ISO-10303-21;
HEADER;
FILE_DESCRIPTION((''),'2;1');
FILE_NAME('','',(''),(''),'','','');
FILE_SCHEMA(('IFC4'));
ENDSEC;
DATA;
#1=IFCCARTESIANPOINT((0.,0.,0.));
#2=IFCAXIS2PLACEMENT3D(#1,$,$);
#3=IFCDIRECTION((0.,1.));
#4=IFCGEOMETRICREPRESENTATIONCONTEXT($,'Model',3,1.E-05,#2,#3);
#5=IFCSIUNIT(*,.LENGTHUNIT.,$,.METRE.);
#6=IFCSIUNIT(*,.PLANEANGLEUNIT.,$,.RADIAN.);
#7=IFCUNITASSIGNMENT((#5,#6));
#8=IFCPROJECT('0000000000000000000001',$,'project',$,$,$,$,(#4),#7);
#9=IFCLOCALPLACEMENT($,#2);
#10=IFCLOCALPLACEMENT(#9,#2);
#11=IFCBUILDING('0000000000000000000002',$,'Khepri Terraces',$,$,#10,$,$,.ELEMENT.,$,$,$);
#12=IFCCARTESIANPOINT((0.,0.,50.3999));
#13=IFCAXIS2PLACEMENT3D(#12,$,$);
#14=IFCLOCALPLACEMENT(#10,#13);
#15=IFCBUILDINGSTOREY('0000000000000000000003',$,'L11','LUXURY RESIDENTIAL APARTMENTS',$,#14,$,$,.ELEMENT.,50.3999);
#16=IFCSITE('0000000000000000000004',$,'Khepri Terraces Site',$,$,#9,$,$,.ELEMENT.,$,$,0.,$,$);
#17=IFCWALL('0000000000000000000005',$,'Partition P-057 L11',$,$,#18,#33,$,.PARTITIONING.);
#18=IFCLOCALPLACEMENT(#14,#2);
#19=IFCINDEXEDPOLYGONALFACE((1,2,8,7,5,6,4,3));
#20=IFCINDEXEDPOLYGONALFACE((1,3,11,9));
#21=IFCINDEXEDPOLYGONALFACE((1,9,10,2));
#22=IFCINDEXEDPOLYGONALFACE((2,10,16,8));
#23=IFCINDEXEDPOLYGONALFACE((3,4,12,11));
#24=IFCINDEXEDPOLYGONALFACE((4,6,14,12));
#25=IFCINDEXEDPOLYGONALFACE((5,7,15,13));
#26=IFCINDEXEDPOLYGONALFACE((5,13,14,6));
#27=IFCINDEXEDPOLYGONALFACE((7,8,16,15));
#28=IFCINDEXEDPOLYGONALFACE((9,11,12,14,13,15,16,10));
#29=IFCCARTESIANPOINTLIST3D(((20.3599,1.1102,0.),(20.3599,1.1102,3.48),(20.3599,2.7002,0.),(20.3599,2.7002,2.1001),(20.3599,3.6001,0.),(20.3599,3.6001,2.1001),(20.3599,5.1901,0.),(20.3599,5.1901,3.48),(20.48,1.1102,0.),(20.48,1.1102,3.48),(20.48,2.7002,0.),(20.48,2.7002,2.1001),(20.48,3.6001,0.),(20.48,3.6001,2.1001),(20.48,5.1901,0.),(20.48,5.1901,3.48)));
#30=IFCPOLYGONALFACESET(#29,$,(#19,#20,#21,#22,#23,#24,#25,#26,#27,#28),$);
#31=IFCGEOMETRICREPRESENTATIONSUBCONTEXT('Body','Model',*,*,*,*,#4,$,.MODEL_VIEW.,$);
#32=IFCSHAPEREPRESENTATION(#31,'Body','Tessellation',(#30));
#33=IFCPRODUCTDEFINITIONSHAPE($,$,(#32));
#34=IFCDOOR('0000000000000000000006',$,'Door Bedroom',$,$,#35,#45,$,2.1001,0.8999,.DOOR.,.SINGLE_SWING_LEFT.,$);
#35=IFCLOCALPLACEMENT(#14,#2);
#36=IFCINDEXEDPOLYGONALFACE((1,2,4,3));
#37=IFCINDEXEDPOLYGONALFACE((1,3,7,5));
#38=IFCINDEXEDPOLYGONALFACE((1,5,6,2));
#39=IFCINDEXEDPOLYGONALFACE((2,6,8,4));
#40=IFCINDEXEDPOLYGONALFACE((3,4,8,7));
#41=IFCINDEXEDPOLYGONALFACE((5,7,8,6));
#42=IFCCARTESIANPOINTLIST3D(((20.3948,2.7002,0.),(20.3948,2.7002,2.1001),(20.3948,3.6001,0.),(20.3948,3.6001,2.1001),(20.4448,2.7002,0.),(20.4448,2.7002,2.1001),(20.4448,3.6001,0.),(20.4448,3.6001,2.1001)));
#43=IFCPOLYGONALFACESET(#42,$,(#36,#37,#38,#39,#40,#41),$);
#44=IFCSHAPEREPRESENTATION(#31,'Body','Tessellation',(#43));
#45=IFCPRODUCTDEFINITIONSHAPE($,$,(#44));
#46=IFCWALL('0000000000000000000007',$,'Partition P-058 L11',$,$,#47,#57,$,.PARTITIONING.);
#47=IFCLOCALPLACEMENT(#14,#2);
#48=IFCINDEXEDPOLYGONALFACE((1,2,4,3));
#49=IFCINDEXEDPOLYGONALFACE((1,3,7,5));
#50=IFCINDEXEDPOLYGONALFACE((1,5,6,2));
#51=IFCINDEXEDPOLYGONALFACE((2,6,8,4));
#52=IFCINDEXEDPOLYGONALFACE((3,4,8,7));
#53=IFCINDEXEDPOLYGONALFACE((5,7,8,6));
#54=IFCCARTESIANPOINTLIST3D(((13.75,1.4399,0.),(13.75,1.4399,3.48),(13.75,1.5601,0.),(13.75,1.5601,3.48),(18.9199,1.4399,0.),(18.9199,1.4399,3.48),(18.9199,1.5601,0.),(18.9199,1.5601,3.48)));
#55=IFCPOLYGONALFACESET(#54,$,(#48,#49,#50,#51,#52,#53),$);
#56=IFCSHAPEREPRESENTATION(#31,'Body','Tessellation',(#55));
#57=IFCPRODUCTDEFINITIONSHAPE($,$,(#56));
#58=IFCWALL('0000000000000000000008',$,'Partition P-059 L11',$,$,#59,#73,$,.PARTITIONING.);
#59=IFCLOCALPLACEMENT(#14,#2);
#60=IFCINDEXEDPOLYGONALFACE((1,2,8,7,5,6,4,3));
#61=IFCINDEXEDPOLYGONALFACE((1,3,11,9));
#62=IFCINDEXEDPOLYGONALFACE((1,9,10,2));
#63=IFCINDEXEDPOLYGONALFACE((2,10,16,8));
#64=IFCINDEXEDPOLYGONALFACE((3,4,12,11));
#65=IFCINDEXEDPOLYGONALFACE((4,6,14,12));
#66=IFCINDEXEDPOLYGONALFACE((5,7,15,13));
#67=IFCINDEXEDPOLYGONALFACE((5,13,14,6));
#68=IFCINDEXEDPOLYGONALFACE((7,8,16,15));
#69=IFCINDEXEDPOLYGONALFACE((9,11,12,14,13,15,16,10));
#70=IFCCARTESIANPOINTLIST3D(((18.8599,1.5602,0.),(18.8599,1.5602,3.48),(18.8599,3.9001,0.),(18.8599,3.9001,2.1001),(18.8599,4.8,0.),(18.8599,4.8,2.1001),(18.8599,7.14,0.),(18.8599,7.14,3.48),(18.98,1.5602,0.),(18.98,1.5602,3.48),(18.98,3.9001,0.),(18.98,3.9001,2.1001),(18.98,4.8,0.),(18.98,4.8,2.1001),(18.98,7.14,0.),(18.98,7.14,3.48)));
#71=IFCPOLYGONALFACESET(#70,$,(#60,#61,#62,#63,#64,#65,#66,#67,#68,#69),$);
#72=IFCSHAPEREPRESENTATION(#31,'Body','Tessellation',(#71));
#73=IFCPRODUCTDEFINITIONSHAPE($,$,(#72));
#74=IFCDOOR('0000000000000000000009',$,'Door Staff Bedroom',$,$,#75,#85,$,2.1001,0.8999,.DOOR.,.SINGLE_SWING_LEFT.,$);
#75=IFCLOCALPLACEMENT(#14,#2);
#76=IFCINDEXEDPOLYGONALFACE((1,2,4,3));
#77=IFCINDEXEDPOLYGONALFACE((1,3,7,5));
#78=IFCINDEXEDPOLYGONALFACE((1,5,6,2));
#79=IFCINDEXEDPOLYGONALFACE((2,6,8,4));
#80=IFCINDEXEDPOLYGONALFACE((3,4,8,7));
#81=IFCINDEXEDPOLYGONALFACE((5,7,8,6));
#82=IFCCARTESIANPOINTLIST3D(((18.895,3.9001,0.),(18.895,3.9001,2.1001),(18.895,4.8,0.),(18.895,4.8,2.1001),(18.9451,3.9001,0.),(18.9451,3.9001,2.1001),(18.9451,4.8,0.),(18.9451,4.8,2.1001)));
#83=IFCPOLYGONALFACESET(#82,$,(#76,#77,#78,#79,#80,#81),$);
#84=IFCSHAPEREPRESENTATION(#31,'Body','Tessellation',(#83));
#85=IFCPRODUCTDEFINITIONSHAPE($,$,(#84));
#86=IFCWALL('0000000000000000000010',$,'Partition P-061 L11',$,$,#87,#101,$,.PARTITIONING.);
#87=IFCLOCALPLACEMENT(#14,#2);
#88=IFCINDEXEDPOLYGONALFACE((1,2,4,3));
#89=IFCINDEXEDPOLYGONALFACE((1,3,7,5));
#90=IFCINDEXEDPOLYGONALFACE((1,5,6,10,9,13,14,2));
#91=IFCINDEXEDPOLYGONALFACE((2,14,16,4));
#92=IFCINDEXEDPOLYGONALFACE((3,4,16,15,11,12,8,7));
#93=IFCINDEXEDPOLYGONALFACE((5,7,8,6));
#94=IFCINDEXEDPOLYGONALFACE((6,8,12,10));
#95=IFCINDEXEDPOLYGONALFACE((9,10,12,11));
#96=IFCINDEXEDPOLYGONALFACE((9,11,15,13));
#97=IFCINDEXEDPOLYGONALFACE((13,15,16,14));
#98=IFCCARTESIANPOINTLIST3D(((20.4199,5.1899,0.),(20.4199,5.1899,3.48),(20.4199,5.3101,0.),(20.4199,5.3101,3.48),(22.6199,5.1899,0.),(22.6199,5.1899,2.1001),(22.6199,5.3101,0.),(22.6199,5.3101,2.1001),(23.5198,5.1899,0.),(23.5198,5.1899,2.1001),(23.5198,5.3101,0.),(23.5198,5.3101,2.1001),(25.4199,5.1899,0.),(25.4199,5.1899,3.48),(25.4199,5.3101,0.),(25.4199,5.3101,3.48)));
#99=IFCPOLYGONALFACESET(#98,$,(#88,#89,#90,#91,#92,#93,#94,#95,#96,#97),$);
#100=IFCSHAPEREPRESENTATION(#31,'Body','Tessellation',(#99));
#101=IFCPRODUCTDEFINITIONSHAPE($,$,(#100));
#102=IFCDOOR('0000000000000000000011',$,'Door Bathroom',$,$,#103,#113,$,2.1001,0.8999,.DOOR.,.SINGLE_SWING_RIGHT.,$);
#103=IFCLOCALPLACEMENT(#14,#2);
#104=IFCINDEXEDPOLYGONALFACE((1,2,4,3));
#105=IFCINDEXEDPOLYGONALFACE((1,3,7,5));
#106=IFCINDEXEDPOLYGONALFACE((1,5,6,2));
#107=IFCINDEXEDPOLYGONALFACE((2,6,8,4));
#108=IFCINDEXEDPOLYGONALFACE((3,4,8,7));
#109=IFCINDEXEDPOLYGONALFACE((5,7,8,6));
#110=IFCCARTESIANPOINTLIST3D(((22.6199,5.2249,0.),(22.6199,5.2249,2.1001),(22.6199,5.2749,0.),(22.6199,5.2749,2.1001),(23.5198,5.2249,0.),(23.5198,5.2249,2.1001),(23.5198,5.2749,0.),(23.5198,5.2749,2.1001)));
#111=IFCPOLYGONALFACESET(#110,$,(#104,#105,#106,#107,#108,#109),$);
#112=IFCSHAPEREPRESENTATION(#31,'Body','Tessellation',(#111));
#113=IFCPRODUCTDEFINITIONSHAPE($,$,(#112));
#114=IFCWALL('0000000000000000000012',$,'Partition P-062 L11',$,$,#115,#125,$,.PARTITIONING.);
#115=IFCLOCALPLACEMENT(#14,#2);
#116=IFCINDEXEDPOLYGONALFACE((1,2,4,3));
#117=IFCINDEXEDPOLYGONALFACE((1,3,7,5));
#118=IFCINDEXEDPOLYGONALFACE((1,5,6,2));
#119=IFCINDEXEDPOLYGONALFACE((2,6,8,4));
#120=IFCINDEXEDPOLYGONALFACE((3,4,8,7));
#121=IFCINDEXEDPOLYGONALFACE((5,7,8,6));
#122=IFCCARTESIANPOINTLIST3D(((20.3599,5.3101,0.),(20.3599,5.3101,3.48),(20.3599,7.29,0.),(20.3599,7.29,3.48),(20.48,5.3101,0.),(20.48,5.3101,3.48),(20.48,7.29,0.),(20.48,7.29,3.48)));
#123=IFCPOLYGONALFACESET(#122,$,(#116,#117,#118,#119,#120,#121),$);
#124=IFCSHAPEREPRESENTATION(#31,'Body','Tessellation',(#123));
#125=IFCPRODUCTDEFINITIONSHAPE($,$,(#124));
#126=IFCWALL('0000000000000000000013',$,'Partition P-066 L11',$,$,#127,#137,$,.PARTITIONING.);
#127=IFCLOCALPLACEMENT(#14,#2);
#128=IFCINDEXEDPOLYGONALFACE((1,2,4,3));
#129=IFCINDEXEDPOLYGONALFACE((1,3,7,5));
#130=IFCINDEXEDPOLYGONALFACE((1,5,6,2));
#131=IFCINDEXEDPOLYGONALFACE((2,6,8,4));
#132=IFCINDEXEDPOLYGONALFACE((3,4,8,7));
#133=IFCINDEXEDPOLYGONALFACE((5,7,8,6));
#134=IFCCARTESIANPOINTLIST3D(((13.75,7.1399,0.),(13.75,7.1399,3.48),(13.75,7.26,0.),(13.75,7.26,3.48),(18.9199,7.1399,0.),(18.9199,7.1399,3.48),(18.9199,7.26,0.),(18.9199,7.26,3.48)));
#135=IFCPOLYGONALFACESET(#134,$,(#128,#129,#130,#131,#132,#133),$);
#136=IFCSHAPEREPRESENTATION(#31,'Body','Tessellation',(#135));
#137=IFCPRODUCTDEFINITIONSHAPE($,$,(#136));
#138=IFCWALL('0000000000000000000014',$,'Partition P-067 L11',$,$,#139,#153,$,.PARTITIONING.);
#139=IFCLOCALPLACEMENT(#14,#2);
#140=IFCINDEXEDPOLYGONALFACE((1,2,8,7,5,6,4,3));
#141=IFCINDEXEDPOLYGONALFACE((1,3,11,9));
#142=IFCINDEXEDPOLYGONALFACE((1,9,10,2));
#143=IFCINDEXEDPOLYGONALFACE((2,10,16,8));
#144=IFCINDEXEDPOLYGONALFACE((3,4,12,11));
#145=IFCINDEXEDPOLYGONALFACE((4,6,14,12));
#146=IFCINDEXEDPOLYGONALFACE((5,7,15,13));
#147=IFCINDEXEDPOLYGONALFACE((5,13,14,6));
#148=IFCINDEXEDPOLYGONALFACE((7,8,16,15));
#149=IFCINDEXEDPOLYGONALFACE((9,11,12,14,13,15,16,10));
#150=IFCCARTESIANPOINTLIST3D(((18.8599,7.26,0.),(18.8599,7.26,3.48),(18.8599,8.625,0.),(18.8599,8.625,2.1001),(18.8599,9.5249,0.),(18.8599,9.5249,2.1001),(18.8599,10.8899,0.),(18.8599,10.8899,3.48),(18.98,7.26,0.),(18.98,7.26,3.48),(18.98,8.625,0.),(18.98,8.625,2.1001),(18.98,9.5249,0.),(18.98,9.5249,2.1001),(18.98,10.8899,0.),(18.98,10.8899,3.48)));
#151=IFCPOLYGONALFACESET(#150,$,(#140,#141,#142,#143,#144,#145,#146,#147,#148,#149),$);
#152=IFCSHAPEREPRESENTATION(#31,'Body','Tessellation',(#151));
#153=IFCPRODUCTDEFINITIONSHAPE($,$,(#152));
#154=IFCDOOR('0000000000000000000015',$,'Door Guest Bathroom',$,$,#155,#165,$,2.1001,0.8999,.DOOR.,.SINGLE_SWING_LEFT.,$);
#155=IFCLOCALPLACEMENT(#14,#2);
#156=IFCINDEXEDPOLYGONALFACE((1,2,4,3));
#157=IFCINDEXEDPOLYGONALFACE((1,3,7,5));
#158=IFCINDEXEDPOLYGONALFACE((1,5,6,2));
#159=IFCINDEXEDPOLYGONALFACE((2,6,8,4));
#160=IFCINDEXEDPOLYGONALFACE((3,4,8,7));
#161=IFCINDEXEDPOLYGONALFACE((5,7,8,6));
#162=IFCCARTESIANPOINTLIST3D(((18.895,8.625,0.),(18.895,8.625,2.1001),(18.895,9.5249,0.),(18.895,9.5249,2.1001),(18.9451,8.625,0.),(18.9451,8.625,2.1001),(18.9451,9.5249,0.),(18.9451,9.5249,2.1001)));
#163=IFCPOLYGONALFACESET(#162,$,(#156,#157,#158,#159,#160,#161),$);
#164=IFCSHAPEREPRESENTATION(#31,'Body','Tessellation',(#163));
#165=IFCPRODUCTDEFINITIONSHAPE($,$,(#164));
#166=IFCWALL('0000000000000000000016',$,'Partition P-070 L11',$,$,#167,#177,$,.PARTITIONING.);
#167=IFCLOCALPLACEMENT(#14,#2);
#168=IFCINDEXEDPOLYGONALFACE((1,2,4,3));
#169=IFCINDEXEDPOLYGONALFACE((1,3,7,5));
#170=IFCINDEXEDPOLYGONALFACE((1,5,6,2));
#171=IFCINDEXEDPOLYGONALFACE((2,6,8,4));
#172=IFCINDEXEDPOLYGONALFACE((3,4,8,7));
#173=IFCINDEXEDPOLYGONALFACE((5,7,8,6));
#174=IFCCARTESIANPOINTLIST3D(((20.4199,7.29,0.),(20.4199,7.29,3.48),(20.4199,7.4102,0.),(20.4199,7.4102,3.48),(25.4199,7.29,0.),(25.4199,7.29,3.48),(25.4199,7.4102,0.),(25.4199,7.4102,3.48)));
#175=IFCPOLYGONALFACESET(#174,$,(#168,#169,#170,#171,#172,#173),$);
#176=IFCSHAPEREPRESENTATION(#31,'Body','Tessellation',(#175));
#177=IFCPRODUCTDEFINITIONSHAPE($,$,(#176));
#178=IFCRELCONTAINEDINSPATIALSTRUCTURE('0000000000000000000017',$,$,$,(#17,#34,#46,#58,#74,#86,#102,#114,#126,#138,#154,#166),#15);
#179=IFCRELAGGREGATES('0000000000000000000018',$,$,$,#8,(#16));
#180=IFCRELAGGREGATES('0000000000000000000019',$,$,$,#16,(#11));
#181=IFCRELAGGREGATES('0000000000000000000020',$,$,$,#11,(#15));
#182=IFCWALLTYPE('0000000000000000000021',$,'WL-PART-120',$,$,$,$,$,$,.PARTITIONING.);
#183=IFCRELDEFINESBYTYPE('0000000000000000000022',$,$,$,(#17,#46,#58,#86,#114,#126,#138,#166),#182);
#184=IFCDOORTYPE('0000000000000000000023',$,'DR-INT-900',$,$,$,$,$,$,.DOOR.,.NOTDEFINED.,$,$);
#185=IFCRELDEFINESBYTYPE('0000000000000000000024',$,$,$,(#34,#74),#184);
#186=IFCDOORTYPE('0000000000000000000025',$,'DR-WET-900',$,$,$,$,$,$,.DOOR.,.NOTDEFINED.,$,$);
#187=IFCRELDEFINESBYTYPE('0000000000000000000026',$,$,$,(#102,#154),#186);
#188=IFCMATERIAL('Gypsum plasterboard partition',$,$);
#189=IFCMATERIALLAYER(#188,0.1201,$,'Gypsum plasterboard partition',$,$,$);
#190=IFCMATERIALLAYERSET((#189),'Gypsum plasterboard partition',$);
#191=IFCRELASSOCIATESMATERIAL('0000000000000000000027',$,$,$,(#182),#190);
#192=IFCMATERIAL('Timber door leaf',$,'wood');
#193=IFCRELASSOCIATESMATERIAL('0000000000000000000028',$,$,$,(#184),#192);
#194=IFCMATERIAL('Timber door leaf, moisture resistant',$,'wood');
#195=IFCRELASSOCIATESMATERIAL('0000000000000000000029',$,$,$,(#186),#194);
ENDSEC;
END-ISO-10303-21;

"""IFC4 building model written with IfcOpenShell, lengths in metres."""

from ifc_helpers import new_model, si_unit, direction, frame, frame_2d, origin, place, context, subcontext, project, spatial, rectangle, extrude, material, layer, layer_set, type_object, element, fill, save


model = new_model("IFC4")

# Units and contexts
model_context = context("Model", 3, precision=1e-05, world=origin(), true_north=direction((0.0, 1.0)))
body_context = subcontext(model_context, "Body", "Model", "MODEL_VIEW")
ifc_project = project(units=[si_unit("LENGTHUNIT", "METRE"), si_unit("PLANEANGLEUNIT", "RADIAN")], contexts=[model_context])

# Site, building, storey
site_placement = place(None, origin())
site = spatial("IfcSite", under=ifc_project, at=site_placement, Name="Khepri Terraces Site", CompositionType="ELEMENT", RefElevation=0.0)
building_placement = place(site_placement, origin())
building = spatial("IfcBuilding", under=site, at=building_placement, Name="Khepri Terraces", CompositionType="ELEMENT")
storey_placement = place(building_placement, frame((0.0, 0.0, 50.3999)))
storey = spatial("IfcBuildingStorey", under=building, at=storey_placement, Name="L11", Description="LUXURY RESIDENTIAL APARTMENTS", CompositionType="ELEMENT", Elevation=50.3999)

# Shared definitions
ifc_material_1 = material(Name="Gypsum plasterboard partition")
ifc_layer_1 = layer(ifc_material_1, 0.1201, Name="Gypsum plasterboard partition")
ifc_layer_set_1 = layer_set([ifc_layer_1], Name="Gypsum plasterboard partition")
wall_type_1 = type_object("IfcWallType", Name="WL-PART-120", PredefinedType="PARTITIONING", material=ifc_layer_set_1)

# Wall, opening, door
wall_1_placement = place(storey_placement, frame((20.4199, 1.1101, 0.0), z_axis=(0.0, 0.0, 1.0), x_axis=(0.0, 1.0, 0.0)))
wall_1 = element("IfcWall", 1, at=wall_1_placement, inside=storey, type_object=wall_type_1, Name="Partition P-057 L11", PredefinedType="PARTITIONING", context=body_context, shape_type="SweptSolid", body=[
    extrude(rectangle(XDim=4.0798, YDim=0.1201, at=frame_2d((2.04, 0.0))), origin(), (0.0, 0.0, 1.0), 3.48),
])
opening_1_placement = place(wall_1_placement, frame((1.5901, 0.0, 0.0)))
opening_1 = element("IfcOpeningElement", 2, at=opening_1_placement, cuts=wall_1, PredefinedType="OPENING", context=body_context, shape_type="SweptSolid", body=[
    extrude(rectangle(XDim=0.8999, YDim=2.1001, at=frame_2d((0.45, 1.05))), frame((0.0, 0.0701, 0.0), z_axis=(0.0, -1.0, 0.0), x_axis=(1.0, 0.0, 0.0)), (0.0, 0.0, 1.0), 0.1401),
])
ifc_material_2 = material(Name="Timber door leaf", Category="wood")
door_type_1 = type_object("IfcDoorType", Name="DR-INT-900", OperationType="NOTDEFINED", PredefinedType="DOOR", material=ifc_material_2)
door_1_placement = place(opening_1_placement, frame((0.8999, 0.0, 0.0), z_axis=(0.0, 0.0, 1.0), x_axis=(-1.0, 0.0, 0.0)))
door_1 = element("IfcDoor", 3, at=door_1_placement, inside=storey, type_object=door_type_1, Name="Door Bedroom", OperationType="SINGLE_SWING_LEFT", OverallHeight=2.1001, OverallWidth=0.8999, PredefinedType="DOOR", context=body_context, shape_type="SweptSolid", body=[
    extrude(rectangle(XDim=0.8999, YDim=2.1001, at=frame_2d((0.45, 1.05))), frame((0.0, 0.0249, 0.0), z_axis=(0.0, -1.0, 0.0), x_axis=(1.0, 0.0, 0.0)), (0.0, 0.0, 1.0), 0.05),
])
fill(opening_1, door_1)

# Wall
wall_2_placement = place(storey_placement, frame((13.75, 1.5, 0.0), z_axis=(0.0, 0.0, 1.0), x_axis=(1.0, 0.0, 0.0)))
element("IfcWall", 4, at=wall_2_placement, inside=storey, type_object=wall_type_1, Name="Partition P-058 L11", PredefinedType="PARTITIONING", context=body_context, shape_type="SweptSolid", body=[
    extrude(rectangle(XDim=5.1699, YDim=0.1201, at=frame_2d((2.585, 0.0))), origin(), (0.0, 0.0, 1.0), 3.48),
])

# Walls, openings, doors
wall_3_placement = place(storey_placement, frame((18.9199, 1.5601, 0.0), z_axis=(0.0, 0.0, 1.0), x_axis=(0.0, 1.0, 0.0)))
wall_3 = element("IfcWall", 5, at=wall_3_placement, inside=storey, type_object=wall_type_1, Name="Partition P-059 L11", PredefinedType="PARTITIONING", context=body_context, shape_type="SweptSolid", body=[
    extrude(rectangle(XDim=5.5798, YDim=0.1201, at=frame_2d((2.79, 0.0))), origin(), (0.0, 0.0, 1.0), 3.48),
])
opening_2_placement = place(wall_3_placement, frame((2.3401, 0.0, 0.0)))
opening_2 = element("IfcOpeningElement", 6, at=opening_2_placement, cuts=wall_3, PredefinedType="OPENING", context=body_context, shape_type="SweptSolid", body=[
    extrude(rectangle(XDim=0.8999, YDim=2.1001, at=frame_2d((0.45, 1.05))), frame((0.0, 0.0701, 0.0), z_axis=(0.0, -1.0, 0.0), x_axis=(1.0, 0.0, 0.0)), (0.0, 0.0, 1.0), 0.1401),
])
door_2_placement = place(opening_2_placement, origin())
door_2 = element("IfcDoor", 7, at=door_2_placement, inside=storey, type_object=door_type_1, Name="Door Staff Bedroom", OperationType="SINGLE_SWING_LEFT", OverallHeight=2.1001, OverallWidth=0.8999, PredefinedType="DOOR", context=body_context, shape_type="SweptSolid", body=[
    extrude(rectangle(XDim=0.8999, YDim=2.1001, at=frame_2d((0.45, 1.05))), frame((0.0, 0.0249, 0.0), z_axis=(0.0, -1.0, 0.0), x_axis=(1.0, 0.0, 0.0)), (0.0, 0.0, 1.0), 0.05),
])
fill(opening_2, door_2)
wall_4_placement = place(storey_placement, frame((20.4199, 5.25, 0.0), z_axis=(0.0, 0.0, 1.0), x_axis=(1.0, 0.0, 0.0)))
wall_4 = element("IfcWall", 8, at=wall_4_placement, inside=storey, type_object=wall_type_1, Name="Partition P-061 L11", PredefinedType="PARTITIONING", context=body_context, shape_type="SweptSolid", body=[
    extrude(rectangle(XDim=5.0, YDim=0.1201, at=frame_2d((2.5, 0.0))), origin(), (0.0, 0.0, 1.0), 3.48),
])
opening_3_placement = place(wall_4_placement, frame((2.2, 0.0, 0.0)))
opening_3 = element("IfcOpeningElement", 9, at=opening_3_placement, cuts=wall_4, PredefinedType="OPENING", context=body_context, shape_type="SweptSolid", body=[
    extrude(rectangle(XDim=0.8999, YDim=2.1001, at=frame_2d((0.45, 1.05))), frame((0.0, 0.0701, 0.0), z_axis=(0.0, -1.0, 0.0), x_axis=(1.0, 0.0, 0.0)), (0.0, 0.0, 1.0), 0.1401),
])
ifc_material_3 = material(Name="Timber door leaf, moisture resistant", Category="wood")
door_type_2 = type_object("IfcDoorType", Name="DR-WET-900", OperationType="NOTDEFINED", PredefinedType="DOOR", material=ifc_material_3)
door_3_placement = place(opening_3_placement, origin())
door_3 = element("IfcDoor", 10, at=door_3_placement, inside=storey, type_object=door_type_2, Name="Door Bathroom", OperationType="SINGLE_SWING_RIGHT", OverallHeight=2.1001, OverallWidth=0.8999, PredefinedType="DOOR", context=body_context, shape_type="SweptSolid", body=[
    extrude(rectangle(XDim=0.8999, YDim=2.1001, at=frame_2d((0.45, 1.05))), frame((0.0, 0.0249, 0.0), z_axis=(0.0, -1.0, 0.0), x_axis=(1.0, 0.0, 0.0)), (0.0, 0.0, 1.0), 0.05),
])
fill(opening_3, door_3)

# Walls
wall_5_placement = place(storey_placement, frame((20.4199, 5.3101, 0.0), z_axis=(0.0, 0.0, 1.0), x_axis=(0.0, 1.0, 0.0)))
element("IfcWall", 11, at=wall_5_placement, inside=storey, type_object=wall_type_1, Name="Partition P-062 L11", PredefinedType="PARTITIONING", context=body_context, shape_type="SweptSolid", body=[
    extrude(rectangle(XDim=1.98, YDim=0.1201, at=frame_2d((0.99, 0.0))), origin(), (0.0, 0.0, 1.0), 3.48),
])
wall_6_placement = place(storey_placement, frame((13.75, 7.2, 0.0), z_axis=(0.0, 0.0, 1.0), x_axis=(1.0, 0.0, 0.0)))
element("IfcWall", 12, at=wall_6_placement, inside=storey, type_object=wall_type_1, Name="Partition P-066 L11", PredefinedType="PARTITIONING", context=body_context, shape_type="SweptSolid", body=[
    extrude(rectangle(XDim=5.1699, YDim=0.1201, at=frame_2d((2.585, 0.0))), origin(), (0.0, 0.0, 1.0), 3.48),
])

# Wall, opening, door
wall_7_placement = place(storey_placement, frame((18.9199, 7.26, 0.0), z_axis=(0.0, 0.0, 1.0), x_axis=(0.0, 1.0, 0.0)))
wall_7 = element("IfcWall", 13, at=wall_7_placement, inside=storey, type_object=wall_type_1, Name="Partition P-067 L11", PredefinedType="PARTITIONING", context=body_context, shape_type="SweptSolid", body=[
    extrude(rectangle(XDim=3.6299, YDim=0.1201, at=frame_2d((1.8149, 0.0))), origin(), (0.0, 0.0, 1.0), 3.48),
])
opening_4_placement = place(wall_7_placement, frame((1.365, 0.0, 0.0)))
opening_4 = element("IfcOpeningElement", 14, at=opening_4_placement, cuts=wall_7, PredefinedType="OPENING", context=body_context, shape_type="SweptSolid", body=[
    extrude(rectangle(XDim=0.8999, YDim=2.1001, at=frame_2d((0.45, 1.05))), frame((0.0, 0.0701, 0.0), z_axis=(0.0, -1.0, 0.0), x_axis=(1.0, 0.0, 0.0)), (0.0, 0.0, 1.0), 0.1401),
])
door_4_placement = place(opening_4_placement, origin())
door_4 = element("IfcDoor", 15, at=door_4_placement, inside=storey, type_object=door_type_2, Name="Door Guest Bathroom", OperationType="SINGLE_SWING_LEFT", OverallHeight=2.1001, OverallWidth=0.8999, PredefinedType="DOOR", context=body_context, shape_type="SweptSolid", body=[
    extrude(rectangle(XDim=0.8999, YDim=2.1001, at=frame_2d((0.45, 1.05))), frame((0.0, 0.0249, 0.0), z_axis=(0.0, -1.0, 0.0), x_axis=(1.0, 0.0, 0.0)), (0.0, 0.0, 1.0), 0.05),
])
fill(opening_4, door_4)

# Wall
wall_8_placement = place(storey_placement, frame((20.4199, 7.3501, 0.0), z_axis=(0.0, 0.0, 1.0), x_axis=(1.0, 0.0, 0.0)))
element("IfcWall", 16, at=wall_8_placement, inside=storey, type_object=wall_type_1, Name="Partition P-070 L11", PredefinedType="PARTITIONING", context=body_context, shape_type="SweptSolid", body=[
    extrude(rectangle(XDim=5.0, YDim=0.1201, at=frame_2d((2.5, 0.0))), origin(), (0.0, 0.0, 1.0), 3.48),
])

save(model, "model.ifc")
